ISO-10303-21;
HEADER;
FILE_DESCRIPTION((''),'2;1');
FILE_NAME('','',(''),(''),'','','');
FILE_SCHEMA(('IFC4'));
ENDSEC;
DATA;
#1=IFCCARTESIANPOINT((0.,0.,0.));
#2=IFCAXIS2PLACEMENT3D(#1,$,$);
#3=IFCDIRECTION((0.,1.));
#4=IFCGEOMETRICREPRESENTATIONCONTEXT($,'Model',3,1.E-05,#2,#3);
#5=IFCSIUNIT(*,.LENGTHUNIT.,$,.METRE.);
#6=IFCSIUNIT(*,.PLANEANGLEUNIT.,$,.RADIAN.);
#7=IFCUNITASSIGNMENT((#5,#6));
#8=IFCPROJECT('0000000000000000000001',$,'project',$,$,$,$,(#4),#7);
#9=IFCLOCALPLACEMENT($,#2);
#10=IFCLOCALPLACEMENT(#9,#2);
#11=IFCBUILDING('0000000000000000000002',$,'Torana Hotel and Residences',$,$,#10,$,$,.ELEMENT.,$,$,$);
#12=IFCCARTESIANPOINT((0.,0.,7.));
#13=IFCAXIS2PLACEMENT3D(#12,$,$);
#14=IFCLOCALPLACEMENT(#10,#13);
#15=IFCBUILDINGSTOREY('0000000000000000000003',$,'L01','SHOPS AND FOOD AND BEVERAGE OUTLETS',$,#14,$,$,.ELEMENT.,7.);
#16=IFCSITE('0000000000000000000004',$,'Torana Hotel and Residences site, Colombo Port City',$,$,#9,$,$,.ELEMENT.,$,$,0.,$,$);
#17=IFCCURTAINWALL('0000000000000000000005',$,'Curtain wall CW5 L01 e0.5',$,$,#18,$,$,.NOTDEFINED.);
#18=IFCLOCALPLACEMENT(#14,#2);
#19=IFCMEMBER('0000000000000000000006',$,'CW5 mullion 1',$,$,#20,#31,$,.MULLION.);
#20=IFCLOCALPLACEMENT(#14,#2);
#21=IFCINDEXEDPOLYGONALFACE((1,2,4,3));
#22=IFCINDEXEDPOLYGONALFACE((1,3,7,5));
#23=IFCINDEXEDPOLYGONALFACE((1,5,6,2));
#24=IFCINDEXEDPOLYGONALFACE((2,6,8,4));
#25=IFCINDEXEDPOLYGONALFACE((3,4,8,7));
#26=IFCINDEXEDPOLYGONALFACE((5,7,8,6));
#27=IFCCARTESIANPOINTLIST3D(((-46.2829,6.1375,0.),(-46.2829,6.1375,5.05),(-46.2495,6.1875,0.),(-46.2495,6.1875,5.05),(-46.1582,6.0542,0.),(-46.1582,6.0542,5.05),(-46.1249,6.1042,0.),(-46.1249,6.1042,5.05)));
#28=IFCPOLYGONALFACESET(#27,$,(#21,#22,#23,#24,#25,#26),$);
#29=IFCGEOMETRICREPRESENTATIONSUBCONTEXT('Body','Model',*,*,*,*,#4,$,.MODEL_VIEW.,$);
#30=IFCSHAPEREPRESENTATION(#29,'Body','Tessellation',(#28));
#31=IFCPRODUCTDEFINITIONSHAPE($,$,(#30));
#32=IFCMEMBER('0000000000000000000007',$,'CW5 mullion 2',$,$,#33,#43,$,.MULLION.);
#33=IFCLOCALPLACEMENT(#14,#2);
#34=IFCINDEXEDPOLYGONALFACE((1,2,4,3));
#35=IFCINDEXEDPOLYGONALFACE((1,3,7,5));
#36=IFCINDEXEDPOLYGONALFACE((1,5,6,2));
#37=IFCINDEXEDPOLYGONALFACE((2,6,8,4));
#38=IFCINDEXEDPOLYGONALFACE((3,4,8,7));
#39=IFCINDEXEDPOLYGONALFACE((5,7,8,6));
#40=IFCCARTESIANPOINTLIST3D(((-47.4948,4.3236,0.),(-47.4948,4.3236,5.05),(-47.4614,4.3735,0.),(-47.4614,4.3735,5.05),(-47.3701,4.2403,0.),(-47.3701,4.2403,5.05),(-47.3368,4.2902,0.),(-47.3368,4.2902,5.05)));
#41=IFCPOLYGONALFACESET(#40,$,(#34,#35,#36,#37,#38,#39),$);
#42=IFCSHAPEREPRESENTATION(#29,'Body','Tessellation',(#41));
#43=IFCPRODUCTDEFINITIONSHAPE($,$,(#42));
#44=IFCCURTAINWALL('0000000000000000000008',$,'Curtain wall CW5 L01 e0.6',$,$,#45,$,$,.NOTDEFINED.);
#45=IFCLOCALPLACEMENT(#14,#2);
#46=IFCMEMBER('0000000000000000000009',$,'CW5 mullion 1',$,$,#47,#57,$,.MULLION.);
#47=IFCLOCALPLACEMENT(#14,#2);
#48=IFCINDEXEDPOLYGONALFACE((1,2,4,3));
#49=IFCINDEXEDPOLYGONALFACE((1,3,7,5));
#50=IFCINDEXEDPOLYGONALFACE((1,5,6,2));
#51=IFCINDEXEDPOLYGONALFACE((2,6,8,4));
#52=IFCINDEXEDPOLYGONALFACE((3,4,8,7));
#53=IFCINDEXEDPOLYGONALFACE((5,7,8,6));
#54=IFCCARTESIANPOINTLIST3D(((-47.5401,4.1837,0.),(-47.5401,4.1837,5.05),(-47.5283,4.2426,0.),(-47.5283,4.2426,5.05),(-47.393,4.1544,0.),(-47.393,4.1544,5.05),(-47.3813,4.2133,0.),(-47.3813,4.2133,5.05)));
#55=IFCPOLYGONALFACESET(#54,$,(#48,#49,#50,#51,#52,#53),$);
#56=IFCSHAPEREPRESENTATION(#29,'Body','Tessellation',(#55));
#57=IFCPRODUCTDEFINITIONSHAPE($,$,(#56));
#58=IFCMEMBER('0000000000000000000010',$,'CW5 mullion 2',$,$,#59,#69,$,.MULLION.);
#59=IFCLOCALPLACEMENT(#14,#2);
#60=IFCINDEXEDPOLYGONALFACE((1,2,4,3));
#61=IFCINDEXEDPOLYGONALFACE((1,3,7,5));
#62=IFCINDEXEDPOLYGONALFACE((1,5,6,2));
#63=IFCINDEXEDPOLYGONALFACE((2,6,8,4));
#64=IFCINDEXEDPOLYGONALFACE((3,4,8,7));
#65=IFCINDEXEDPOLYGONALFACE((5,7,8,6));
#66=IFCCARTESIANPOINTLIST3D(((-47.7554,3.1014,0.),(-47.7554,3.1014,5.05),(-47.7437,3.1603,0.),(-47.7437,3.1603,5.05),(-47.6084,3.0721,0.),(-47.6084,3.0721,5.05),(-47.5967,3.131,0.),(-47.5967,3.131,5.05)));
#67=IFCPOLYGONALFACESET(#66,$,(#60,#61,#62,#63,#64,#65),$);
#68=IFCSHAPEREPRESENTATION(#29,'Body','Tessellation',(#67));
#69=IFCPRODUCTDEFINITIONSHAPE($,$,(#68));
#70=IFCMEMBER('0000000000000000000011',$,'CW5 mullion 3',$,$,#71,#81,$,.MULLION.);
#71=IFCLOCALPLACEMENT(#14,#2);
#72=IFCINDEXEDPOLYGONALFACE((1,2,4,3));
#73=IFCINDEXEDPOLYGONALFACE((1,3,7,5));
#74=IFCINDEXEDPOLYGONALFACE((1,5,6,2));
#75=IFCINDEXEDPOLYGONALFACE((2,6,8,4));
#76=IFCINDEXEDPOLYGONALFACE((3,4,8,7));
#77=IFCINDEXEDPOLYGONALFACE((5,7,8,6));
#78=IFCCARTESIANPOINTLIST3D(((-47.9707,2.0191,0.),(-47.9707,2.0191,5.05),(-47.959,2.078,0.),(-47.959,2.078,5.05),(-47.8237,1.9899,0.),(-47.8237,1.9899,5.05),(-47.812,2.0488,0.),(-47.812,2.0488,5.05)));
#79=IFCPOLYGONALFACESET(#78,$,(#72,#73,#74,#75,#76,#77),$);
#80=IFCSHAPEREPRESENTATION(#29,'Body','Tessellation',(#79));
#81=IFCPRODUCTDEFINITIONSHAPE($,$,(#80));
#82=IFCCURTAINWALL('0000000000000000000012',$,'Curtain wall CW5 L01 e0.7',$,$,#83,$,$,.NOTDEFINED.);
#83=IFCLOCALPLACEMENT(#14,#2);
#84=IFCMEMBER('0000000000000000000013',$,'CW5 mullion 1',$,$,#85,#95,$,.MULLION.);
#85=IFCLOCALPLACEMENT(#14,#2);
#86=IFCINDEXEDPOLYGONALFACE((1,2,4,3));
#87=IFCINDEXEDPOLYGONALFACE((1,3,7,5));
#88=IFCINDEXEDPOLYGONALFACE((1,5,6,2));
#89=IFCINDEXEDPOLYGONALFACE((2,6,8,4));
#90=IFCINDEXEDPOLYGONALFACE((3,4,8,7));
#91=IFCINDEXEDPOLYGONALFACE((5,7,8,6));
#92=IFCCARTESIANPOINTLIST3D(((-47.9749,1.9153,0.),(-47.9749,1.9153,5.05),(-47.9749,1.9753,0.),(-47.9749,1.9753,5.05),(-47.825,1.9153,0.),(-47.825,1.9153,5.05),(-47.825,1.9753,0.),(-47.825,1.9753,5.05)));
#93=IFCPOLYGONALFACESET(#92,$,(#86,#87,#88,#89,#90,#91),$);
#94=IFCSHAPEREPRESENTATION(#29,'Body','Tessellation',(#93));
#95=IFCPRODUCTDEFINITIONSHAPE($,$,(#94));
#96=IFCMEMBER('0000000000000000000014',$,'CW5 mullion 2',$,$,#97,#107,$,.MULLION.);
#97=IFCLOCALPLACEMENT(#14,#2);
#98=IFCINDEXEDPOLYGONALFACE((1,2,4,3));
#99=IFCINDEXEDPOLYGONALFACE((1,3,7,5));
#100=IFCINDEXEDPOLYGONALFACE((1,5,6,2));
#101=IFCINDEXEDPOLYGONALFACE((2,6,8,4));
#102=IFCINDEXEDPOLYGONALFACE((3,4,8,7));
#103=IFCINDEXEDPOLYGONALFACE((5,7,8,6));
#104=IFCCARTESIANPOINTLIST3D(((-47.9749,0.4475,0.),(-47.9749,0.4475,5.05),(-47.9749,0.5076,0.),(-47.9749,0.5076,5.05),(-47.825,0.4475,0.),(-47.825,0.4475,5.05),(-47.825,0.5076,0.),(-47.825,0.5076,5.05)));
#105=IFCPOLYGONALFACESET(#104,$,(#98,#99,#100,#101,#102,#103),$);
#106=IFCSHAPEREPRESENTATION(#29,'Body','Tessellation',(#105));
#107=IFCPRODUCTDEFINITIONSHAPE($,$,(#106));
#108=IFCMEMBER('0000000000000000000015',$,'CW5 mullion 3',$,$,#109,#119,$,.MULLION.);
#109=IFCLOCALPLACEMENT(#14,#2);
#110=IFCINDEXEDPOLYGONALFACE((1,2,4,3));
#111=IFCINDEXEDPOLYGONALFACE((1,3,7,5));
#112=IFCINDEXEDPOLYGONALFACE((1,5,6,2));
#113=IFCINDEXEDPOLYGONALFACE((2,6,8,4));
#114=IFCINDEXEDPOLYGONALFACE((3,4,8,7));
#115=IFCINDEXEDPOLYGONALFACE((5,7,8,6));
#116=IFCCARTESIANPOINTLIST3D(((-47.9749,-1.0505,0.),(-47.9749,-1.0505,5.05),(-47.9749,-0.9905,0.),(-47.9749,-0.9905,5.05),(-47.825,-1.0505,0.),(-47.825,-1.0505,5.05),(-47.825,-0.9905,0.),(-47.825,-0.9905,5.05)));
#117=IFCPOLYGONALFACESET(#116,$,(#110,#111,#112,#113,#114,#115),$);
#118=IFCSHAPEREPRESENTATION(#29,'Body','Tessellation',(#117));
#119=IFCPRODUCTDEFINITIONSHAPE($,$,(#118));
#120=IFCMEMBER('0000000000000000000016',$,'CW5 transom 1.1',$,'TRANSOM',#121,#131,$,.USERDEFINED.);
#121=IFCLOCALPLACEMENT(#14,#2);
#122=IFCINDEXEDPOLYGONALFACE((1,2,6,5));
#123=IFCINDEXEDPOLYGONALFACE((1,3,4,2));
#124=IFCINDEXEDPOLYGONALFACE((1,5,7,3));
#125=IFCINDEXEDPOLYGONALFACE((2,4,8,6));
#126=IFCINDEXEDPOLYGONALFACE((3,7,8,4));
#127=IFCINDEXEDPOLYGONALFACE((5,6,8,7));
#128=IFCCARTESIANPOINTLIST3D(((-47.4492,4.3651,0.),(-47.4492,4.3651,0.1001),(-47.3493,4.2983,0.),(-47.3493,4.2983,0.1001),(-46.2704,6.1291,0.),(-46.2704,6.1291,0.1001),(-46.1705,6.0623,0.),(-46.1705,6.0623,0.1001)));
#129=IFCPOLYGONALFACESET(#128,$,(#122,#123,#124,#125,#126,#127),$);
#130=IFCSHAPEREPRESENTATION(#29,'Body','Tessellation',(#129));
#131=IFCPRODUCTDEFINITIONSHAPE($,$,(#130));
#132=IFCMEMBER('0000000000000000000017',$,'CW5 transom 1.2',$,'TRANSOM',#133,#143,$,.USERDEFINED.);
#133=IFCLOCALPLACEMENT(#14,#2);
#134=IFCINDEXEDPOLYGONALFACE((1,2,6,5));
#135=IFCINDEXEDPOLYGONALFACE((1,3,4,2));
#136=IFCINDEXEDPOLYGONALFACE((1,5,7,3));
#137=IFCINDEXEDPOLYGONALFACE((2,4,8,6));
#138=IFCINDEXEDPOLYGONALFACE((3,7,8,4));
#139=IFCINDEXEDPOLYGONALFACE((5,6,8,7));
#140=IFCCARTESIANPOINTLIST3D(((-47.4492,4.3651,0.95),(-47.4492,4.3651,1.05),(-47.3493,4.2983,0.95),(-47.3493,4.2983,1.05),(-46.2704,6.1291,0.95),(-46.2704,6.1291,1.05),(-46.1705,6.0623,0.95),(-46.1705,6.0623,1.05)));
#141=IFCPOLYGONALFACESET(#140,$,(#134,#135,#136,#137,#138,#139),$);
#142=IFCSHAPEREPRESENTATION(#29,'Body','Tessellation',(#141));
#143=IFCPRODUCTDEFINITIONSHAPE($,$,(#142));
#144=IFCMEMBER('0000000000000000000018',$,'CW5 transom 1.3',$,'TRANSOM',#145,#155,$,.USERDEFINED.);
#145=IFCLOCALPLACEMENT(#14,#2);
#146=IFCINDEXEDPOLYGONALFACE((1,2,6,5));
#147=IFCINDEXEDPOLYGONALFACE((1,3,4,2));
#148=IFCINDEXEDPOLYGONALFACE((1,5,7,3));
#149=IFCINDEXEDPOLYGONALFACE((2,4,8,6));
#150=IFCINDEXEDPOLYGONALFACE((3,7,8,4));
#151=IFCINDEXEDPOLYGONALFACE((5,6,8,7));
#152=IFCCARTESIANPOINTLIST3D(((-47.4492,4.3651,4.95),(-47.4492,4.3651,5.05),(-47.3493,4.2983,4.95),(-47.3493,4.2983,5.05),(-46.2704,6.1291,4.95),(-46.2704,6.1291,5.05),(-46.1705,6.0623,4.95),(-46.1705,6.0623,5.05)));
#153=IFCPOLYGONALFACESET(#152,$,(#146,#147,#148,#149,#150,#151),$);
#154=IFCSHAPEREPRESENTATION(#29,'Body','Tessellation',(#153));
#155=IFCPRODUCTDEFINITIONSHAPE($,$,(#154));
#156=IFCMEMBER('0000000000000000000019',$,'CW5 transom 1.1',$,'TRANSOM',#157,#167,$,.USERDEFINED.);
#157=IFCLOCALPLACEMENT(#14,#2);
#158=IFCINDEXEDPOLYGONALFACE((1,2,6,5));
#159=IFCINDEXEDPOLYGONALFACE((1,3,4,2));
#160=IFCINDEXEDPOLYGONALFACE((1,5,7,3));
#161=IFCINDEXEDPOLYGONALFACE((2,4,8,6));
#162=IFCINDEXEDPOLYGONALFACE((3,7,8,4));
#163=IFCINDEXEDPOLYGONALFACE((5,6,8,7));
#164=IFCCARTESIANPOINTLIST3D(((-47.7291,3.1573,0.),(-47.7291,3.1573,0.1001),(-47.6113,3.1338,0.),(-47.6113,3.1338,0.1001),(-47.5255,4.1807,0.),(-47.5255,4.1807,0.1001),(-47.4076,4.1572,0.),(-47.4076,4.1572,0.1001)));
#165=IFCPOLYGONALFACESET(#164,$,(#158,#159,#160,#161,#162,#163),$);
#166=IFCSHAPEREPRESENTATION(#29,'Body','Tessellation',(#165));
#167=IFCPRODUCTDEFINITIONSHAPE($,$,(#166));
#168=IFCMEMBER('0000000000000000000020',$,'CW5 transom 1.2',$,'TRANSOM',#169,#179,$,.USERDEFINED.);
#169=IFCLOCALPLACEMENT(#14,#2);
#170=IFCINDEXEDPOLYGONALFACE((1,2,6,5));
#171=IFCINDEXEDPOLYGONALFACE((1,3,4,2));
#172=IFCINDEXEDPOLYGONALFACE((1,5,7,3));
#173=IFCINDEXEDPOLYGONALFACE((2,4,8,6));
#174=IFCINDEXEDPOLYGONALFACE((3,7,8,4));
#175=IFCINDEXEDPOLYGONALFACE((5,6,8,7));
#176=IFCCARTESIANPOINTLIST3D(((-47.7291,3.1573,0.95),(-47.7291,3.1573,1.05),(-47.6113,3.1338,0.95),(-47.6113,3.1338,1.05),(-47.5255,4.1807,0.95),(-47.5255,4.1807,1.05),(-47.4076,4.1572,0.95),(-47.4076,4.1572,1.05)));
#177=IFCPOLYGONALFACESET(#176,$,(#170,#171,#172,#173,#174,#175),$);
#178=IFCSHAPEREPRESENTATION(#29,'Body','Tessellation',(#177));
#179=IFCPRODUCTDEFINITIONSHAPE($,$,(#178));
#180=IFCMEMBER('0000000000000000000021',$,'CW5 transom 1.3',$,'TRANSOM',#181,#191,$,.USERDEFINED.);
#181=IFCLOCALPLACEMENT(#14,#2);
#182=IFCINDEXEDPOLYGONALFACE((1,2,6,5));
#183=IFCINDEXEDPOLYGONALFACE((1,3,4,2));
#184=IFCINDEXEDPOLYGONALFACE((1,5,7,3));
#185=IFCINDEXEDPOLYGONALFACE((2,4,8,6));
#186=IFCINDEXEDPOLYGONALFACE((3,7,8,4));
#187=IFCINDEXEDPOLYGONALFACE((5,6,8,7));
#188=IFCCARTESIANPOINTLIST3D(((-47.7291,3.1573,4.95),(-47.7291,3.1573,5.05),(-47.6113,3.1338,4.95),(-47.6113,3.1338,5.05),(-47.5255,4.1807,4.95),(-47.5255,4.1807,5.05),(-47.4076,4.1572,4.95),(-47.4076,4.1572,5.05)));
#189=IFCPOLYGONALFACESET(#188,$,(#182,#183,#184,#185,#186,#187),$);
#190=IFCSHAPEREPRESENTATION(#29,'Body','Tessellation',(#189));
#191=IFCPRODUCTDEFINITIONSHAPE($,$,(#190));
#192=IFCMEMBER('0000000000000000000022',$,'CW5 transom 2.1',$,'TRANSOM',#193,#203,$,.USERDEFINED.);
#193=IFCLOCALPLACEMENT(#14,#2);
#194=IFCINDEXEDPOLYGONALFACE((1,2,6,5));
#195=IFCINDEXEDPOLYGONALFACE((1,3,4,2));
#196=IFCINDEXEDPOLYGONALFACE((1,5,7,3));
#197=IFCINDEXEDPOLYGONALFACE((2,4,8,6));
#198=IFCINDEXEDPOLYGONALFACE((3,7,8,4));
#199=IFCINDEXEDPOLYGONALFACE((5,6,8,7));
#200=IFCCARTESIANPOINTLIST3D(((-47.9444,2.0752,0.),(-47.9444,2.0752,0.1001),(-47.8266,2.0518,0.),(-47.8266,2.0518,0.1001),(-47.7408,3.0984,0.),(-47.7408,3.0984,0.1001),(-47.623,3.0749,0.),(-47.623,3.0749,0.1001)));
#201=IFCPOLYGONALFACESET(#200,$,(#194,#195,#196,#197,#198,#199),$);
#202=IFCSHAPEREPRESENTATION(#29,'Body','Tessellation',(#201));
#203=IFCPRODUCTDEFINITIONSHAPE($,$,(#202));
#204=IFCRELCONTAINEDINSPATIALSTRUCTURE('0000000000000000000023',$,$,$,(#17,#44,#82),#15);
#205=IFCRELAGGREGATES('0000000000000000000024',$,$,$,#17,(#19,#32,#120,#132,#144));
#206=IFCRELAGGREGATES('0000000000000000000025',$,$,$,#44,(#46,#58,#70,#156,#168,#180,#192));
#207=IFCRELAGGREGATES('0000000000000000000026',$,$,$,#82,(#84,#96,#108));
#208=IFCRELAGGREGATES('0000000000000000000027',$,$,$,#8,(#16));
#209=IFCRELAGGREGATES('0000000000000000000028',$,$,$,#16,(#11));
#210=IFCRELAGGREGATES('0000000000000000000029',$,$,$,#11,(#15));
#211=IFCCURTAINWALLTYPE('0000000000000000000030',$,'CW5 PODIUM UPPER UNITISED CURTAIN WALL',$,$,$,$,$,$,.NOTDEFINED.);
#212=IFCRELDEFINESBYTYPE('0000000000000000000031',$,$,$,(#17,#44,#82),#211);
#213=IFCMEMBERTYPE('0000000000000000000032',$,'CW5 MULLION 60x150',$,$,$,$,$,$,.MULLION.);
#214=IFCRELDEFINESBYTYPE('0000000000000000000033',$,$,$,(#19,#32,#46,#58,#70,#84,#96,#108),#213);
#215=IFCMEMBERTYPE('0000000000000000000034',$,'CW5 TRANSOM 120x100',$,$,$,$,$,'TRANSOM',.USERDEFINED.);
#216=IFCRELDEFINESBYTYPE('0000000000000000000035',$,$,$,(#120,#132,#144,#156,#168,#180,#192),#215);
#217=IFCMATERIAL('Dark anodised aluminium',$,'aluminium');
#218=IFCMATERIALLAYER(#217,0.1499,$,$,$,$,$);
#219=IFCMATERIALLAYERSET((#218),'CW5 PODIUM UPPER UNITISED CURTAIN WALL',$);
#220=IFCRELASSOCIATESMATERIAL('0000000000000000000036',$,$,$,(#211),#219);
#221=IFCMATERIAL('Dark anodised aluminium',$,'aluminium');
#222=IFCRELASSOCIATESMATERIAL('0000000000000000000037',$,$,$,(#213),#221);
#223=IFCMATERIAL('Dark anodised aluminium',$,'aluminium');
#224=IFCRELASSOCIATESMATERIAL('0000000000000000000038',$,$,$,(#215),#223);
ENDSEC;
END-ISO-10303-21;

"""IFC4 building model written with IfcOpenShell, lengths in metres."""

from ifc_helpers import new_model, si_unit, direction, frame, origin, origin_2d, place, context, subcontext, project, spatial, rectangle, extrude, material, layer, layer_set, material_profile, profile_set, type_object, element, aggregate, save


model = new_model("IFC4")

# Units and contexts
model_context = context("Model", 3, precision=1e-05, world=origin(), true_north=direction((0.0, 1.0)))
body_context = subcontext(model_context, "Body", "Model", "MODEL_VIEW")
ifc_project = project(units=[si_unit("LENGTHUNIT", "METRE"), si_unit("PLANEANGLEUNIT", "RADIAN")], contexts=[model_context])

# Site, building, storey
site_placement = place(None, origin())
site = spatial("IfcSite", under=ifc_project, at=site_placement, Name="Torana Hotel and Residences site, Colombo Port City", CompositionType="ELEMENT", RefElevation=0.0)
building_placement = place(site_placement, origin())
building = spatial("IfcBuilding", under=site, at=building_placement, Name="Torana Hotel and Residences", CompositionType="ELEMENT")
storey_placement = place(building_placement, frame((0.0, 0.0, 7.0)))
storey = spatial("IfcBuildingStorey", under=building, at=storey_placement, Name="L01", Description="SHOPS AND FOOD AND BEVERAGE OUTLETS", CompositionType="ELEMENT", Elevation=7.0)

# Curtain walls, members
ifc_material_1 = material(Name="Dark anodised aluminium", Category="aluminium")
ifc_layer_1 = layer(ifc_material_1, 0.1499)
ifc_layer_set_1 = layer_set([ifc_layer_1], Name="CW5 PODIUM UPPER UNITISED CURTAIN WALL")
curtain_wall_type = type_object("IfcCurtainWallType", Name="CW5 PODIUM UPPER UNITISED CURTAIN WALL", PredefinedType="NOTDEFINED", material=ifc_layer_set_1)
curtain_wall_1_placement = place(storey_placement, origin())
curtain_wall_1 = element("IfcCurtainWall", 1, at=curtain_wall_1_placement, inside=storey, type_object=curtain_wall_type, Name="Curtain wall CW5 L01 e0.5", PredefinedType="NOTDEFINED")
ifc_material_2 = material(Name="Dark anodised aluminium", Category="aluminium")
ifc_material_profile_1 = material_profile(ifc_material_2, rectangle(XDim=0.1499, YDim=0.0601, at=origin_2d()), Name="CW5 MULLION 60x150")
ifc_profile_set_1 = profile_set([ifc_material_profile_1], Name="Dark anodised aluminium")
member_type_1 = type_object("IfcMemberType", Name="CW5 MULLION 60x150", PredefinedType="MULLION", material=ifc_profile_set_1)
member_1_placement = place(storey_placement, frame((-46.2039, 6.1208, 0.0), z_axis=(0.0, 0.0, 1.0), x_axis=(0.83146, -0.555585, 0.0)))
member_1 = element("IfcMember", 2, at=member_1_placement, type_object=member_type_1, Name="CW5 mullion 1", PredefinedType="MULLION", context=body_context, shape_type="SweptSolid", body=[
    extrude(rectangle(XDim=0.1499, YDim=0.0601, at=origin_2d()), origin(), (0.0, 0.0, 1.0), 5.05),
])
member_2_placement = place(storey_placement, frame((-47.4158, 4.3069, 0.0), z_axis=(0.0, 0.0, 1.0), x_axis=(0.83146, -0.555585, 0.0)))
member_2 = element("IfcMember", 3, at=member_2_placement, type_object=member_type_1, Name="CW5 mullion 2", PredefinedType="MULLION", context=body_context, shape_type="SweptSolid", body=[
    extrude(rectangle(XDim=0.1499, YDim=0.0601, at=origin_2d()), origin(), (0.0, 0.0, 1.0), 5.05),
])
curtain_wall_2_placement = place(storey_placement, origin())
curtain_wall_2 = element("IfcCurtainWall", 4, at=curtain_wall_2_placement, inside=storey, type_object=curtain_wall_type, Name="Curtain wall CW5 L01 e0.6", PredefinedType="NOTDEFINED")
member_3_placement = place(storey_placement, frame((-47.4607, 4.1985, 0.0), z_axis=(0.0, 0.0, 1.0), x_axis=(0.980787, -0.195081, 0.0)))
member_3 = element("IfcMember", 5, at=member_3_placement, type_object=member_type_1, Name="CW5 mullion 1", PredefinedType="MULLION", context=body_context, shape_type="SweptSolid", body=[
    extrude(rectangle(XDim=0.1499, YDim=0.0601, at=origin_2d()), origin(), (0.0, 0.0, 1.0), 5.05),
])
member_4_placement = place(storey_placement, frame((-47.676, 3.1162, 0.0), z_axis=(0.0, 0.0, 1.0), x_axis=(0.980787, -0.195081, 0.0)))
member_4 = element("IfcMember", 6, at=member_4_placement, type_object=member_type_1, Name="CW5 mullion 2", PredefinedType="MULLION", context=body_context, shape_type="SweptSolid", body=[
    extrude(rectangle(XDim=0.1499, YDim=0.0601, at=origin_2d()), origin(), (0.0, 0.0, 1.0), 5.05),
])
member_5_placement = place(storey_placement, frame((-47.8914, 2.0339, 0.0), z_axis=(0.0, 0.0, 1.0), x_axis=(0.980787, -0.195081, 0.0)))
member_5 = element("IfcMember", 7, at=member_5_placement, type_object=member_type_1, Name="CW5 mullion 3", PredefinedType="MULLION", context=body_context, shape_type="SweptSolid", body=[
    extrude(rectangle(XDim=0.1499, YDim=0.0601, at=origin_2d()), origin(), (0.0, 0.0, 1.0), 5.05),
])
curtain_wall_3_placement = place(storey_placement, origin())
curtain_wall_3 = element("IfcCurtainWall", 8, at=curtain_wall_3_placement, inside=storey, type_object=curtain_wall_type, Name="Curtain wall CW5 L01 e0.7", PredefinedType="NOTDEFINED")
member_6_placement = place(storey_placement, frame((-47.8999, 1.9453, 0.0), z_axis=(0.0, 0.0, 1.0), x_axis=(1.0, 0.0, 0.0)))
member_6 = element("IfcMember", 9, at=member_6_placement, type_object=member_type_1, Name="CW5 mullion 1", PredefinedType="MULLION", context=body_context, shape_type="SweptSolid", body=[
    extrude(rectangle(XDim=0.1499, YDim=0.0601, at=origin_2d()), origin(), (0.0, 0.0, 1.0), 5.05),
])
member_7_placement = place(storey_placement, frame((-47.8999, 0.4775, 0.0), z_axis=(0.0, 0.0, 1.0), x_axis=(1.0, 0.0, 0.0)))
member_7 = element("IfcMember", 10, at=member_7_placement, type_object=member_type_1, Name="CW5 mullion 2", PredefinedType="MULLION", context=body_context, shape_type="SweptSolid", body=[
    extrude(rectangle(XDim=0.1499, YDim=0.0601, at=origin_2d()), origin(), (0.0, 0.0, 1.0), 5.05),
])
member_8_placement = place(storey_placement, frame((-47.8999, -1.0205, 0.0), z_axis=(0.0, 0.0, 1.0), x_axis=(1.0, 0.0, 0.0)))
member_8 = element("IfcMember", 11, at=member_8_placement, type_object=member_type_1, Name="CW5 mullion 3", PredefinedType="MULLION", context=body_context, shape_type="SweptSolid", body=[
    extrude(rectangle(XDim=0.1499, YDim=0.0601, at=origin_2d()), origin(), (0.0, 0.0, 1.0), 5.05),
])

# Members
ifc_material_3 = material(Name="Dark anodised aluminium", Category="aluminium")
ifc_material_profile_2 = material_profile(ifc_material_3, rectangle(XDim=0.1201, YDim=0.1001, at=origin_2d()), Name="CW5 TRANSOM 120x100")
ifc_profile_set_2 = profile_set([ifc_material_profile_2], Name="Dark anodised aluminium")
member_type_2 = type_object("IfcMemberType", Name="CW5 TRANSOM 120x100", ElementType="TRANSOM", PredefinedType="USERDEFINED", material=ifc_profile_set_2)
member_9_placement = place(storey_placement, frame((-46.2205, 6.0957, 0.05), z_axis=(-0.555603, -0.831448, 0.0), x_axis=(0.831448, -0.555603, 0.0)))
member_9 = element("IfcMember", 12, at=member_9_placement, type_object=member_type_2, Name="CW5 transom 1.1", ObjectType="TRANSOM", PredefinedType="USERDEFINED", context=body_context, shape_type="SweptSolid", body=[
    extrude(rectangle(XDim=0.1201, YDim=0.1001, at=origin_2d()), origin(), (0.0, 0.0, 1.0), 2.1216),
])
member_10_placement = place(storey_placement, frame((-46.2205, 6.0957, 1.0), z_axis=(-0.555603, -0.831448, 0.0), x_axis=(0.831448, -0.555603, 0.0)))
member_10 = element("IfcMember", 13, at=member_10_placement, type_object=member_type_2, Name="CW5 transom 1.2", ObjectType="TRANSOM", PredefinedType="USERDEFINED", context=body_context, shape_type="SweptSolid", body=[
    extrude(rectangle(XDim=0.1201, YDim=0.1001, at=origin_2d()), origin(), (0.0, 0.0, 1.0), 2.1216),
])
member_11_placement = place(storey_placement, frame((-46.2205, 6.0957, 5.0), z_axis=(-0.555603, -0.831448, 0.0), x_axis=(0.831448, -0.555603, 0.0)))
member_11 = element("IfcMember", 14, at=member_11_placement, type_object=member_type_2, Name="CW5 transom 1.3", ObjectType="TRANSOM", PredefinedType="USERDEFINED", context=body_context, shape_type="SweptSolid", body=[
    extrude(rectangle(XDim=0.1201, YDim=0.1001, at=origin_2d()), origin(), (0.0, 0.0, 1.0), 2.1216),
])
member_12_placement = place(storey_placement, frame((-47.4666, 4.1689, 0.05), z_axis=(-0.195126, -0.980778, 0.0), x_axis=(0.980778, -0.195126, 0.0)))
member_12 = element("IfcMember", 15, at=member_12_placement, type_object=member_type_2, Name="CW5 transom 1.1", ObjectType="TRANSOM", PredefinedType="USERDEFINED", context=body_context, shape_type="SweptSolid", body=[
    extrude(rectangle(XDim=0.1201, YDim=0.1001, at=origin_2d()), origin(), (0.0, 0.0, 1.0), 1.0435),
])
member_13_placement = place(storey_placement, frame((-47.4666, 4.1689, 1.0), z_axis=(-0.195126, -0.980778, 0.0), x_axis=(0.980778, -0.195126, 0.0)))
member_13 = element("IfcMember", 16, at=member_13_placement, type_object=member_type_2, Name="CW5 transom 1.2", ObjectType="TRANSOM", PredefinedType="USERDEFINED", context=body_context, shape_type="SweptSolid", body=[
    extrude(rectangle(XDim=0.1201, YDim=0.1001, at=origin_2d()), origin(), (0.0, 0.0, 1.0), 1.0435),
])
member_14_placement = place(storey_placement, frame((-47.4666, 4.1689, 5.0), z_axis=(-0.195126, -0.980778, 0.0), x_axis=(0.980778, -0.195126, 0.0)))
member_14 = element("IfcMember", 17, at=member_14_placement, type_object=member_type_2, Name="CW5 transom 1.3", ObjectType="TRANSOM", PredefinedType="USERDEFINED", context=body_context, shape_type="SweptSolid", body=[
    extrude(rectangle(XDim=0.1201, YDim=0.1001, at=origin_2d()), origin(), (0.0, 0.0, 1.0), 1.0435),
])
member_15_placement = place(storey_placement, frame((-47.6819, 3.0867, 0.05), z_axis=(-0.195171, -0.980769, 0.0), x_axis=(0.980769, -0.195171, 0.0)))
member_15 = element("IfcMember", 18, at=member_15_placement, type_object=member_type_2, Name="CW5 transom 2.1", ObjectType="TRANSOM", PredefinedType="USERDEFINED", context=body_context, shape_type="SweptSolid", body=[
    extrude(rectangle(XDim=0.1201, YDim=0.1001, at=origin_2d()), origin(), (0.0, 0.0, 1.0), 1.0432),
])

aggregate(curtain_wall_1, [member_1, member_2, member_9, member_10, member_11])
aggregate(curtain_wall_2, [member_3, member_4, member_5, member_12, member_13, member_14, member_15])
aggregate(curtain_wall_3, [member_6, member_7, member_8])

save(model, "model.ifc")
